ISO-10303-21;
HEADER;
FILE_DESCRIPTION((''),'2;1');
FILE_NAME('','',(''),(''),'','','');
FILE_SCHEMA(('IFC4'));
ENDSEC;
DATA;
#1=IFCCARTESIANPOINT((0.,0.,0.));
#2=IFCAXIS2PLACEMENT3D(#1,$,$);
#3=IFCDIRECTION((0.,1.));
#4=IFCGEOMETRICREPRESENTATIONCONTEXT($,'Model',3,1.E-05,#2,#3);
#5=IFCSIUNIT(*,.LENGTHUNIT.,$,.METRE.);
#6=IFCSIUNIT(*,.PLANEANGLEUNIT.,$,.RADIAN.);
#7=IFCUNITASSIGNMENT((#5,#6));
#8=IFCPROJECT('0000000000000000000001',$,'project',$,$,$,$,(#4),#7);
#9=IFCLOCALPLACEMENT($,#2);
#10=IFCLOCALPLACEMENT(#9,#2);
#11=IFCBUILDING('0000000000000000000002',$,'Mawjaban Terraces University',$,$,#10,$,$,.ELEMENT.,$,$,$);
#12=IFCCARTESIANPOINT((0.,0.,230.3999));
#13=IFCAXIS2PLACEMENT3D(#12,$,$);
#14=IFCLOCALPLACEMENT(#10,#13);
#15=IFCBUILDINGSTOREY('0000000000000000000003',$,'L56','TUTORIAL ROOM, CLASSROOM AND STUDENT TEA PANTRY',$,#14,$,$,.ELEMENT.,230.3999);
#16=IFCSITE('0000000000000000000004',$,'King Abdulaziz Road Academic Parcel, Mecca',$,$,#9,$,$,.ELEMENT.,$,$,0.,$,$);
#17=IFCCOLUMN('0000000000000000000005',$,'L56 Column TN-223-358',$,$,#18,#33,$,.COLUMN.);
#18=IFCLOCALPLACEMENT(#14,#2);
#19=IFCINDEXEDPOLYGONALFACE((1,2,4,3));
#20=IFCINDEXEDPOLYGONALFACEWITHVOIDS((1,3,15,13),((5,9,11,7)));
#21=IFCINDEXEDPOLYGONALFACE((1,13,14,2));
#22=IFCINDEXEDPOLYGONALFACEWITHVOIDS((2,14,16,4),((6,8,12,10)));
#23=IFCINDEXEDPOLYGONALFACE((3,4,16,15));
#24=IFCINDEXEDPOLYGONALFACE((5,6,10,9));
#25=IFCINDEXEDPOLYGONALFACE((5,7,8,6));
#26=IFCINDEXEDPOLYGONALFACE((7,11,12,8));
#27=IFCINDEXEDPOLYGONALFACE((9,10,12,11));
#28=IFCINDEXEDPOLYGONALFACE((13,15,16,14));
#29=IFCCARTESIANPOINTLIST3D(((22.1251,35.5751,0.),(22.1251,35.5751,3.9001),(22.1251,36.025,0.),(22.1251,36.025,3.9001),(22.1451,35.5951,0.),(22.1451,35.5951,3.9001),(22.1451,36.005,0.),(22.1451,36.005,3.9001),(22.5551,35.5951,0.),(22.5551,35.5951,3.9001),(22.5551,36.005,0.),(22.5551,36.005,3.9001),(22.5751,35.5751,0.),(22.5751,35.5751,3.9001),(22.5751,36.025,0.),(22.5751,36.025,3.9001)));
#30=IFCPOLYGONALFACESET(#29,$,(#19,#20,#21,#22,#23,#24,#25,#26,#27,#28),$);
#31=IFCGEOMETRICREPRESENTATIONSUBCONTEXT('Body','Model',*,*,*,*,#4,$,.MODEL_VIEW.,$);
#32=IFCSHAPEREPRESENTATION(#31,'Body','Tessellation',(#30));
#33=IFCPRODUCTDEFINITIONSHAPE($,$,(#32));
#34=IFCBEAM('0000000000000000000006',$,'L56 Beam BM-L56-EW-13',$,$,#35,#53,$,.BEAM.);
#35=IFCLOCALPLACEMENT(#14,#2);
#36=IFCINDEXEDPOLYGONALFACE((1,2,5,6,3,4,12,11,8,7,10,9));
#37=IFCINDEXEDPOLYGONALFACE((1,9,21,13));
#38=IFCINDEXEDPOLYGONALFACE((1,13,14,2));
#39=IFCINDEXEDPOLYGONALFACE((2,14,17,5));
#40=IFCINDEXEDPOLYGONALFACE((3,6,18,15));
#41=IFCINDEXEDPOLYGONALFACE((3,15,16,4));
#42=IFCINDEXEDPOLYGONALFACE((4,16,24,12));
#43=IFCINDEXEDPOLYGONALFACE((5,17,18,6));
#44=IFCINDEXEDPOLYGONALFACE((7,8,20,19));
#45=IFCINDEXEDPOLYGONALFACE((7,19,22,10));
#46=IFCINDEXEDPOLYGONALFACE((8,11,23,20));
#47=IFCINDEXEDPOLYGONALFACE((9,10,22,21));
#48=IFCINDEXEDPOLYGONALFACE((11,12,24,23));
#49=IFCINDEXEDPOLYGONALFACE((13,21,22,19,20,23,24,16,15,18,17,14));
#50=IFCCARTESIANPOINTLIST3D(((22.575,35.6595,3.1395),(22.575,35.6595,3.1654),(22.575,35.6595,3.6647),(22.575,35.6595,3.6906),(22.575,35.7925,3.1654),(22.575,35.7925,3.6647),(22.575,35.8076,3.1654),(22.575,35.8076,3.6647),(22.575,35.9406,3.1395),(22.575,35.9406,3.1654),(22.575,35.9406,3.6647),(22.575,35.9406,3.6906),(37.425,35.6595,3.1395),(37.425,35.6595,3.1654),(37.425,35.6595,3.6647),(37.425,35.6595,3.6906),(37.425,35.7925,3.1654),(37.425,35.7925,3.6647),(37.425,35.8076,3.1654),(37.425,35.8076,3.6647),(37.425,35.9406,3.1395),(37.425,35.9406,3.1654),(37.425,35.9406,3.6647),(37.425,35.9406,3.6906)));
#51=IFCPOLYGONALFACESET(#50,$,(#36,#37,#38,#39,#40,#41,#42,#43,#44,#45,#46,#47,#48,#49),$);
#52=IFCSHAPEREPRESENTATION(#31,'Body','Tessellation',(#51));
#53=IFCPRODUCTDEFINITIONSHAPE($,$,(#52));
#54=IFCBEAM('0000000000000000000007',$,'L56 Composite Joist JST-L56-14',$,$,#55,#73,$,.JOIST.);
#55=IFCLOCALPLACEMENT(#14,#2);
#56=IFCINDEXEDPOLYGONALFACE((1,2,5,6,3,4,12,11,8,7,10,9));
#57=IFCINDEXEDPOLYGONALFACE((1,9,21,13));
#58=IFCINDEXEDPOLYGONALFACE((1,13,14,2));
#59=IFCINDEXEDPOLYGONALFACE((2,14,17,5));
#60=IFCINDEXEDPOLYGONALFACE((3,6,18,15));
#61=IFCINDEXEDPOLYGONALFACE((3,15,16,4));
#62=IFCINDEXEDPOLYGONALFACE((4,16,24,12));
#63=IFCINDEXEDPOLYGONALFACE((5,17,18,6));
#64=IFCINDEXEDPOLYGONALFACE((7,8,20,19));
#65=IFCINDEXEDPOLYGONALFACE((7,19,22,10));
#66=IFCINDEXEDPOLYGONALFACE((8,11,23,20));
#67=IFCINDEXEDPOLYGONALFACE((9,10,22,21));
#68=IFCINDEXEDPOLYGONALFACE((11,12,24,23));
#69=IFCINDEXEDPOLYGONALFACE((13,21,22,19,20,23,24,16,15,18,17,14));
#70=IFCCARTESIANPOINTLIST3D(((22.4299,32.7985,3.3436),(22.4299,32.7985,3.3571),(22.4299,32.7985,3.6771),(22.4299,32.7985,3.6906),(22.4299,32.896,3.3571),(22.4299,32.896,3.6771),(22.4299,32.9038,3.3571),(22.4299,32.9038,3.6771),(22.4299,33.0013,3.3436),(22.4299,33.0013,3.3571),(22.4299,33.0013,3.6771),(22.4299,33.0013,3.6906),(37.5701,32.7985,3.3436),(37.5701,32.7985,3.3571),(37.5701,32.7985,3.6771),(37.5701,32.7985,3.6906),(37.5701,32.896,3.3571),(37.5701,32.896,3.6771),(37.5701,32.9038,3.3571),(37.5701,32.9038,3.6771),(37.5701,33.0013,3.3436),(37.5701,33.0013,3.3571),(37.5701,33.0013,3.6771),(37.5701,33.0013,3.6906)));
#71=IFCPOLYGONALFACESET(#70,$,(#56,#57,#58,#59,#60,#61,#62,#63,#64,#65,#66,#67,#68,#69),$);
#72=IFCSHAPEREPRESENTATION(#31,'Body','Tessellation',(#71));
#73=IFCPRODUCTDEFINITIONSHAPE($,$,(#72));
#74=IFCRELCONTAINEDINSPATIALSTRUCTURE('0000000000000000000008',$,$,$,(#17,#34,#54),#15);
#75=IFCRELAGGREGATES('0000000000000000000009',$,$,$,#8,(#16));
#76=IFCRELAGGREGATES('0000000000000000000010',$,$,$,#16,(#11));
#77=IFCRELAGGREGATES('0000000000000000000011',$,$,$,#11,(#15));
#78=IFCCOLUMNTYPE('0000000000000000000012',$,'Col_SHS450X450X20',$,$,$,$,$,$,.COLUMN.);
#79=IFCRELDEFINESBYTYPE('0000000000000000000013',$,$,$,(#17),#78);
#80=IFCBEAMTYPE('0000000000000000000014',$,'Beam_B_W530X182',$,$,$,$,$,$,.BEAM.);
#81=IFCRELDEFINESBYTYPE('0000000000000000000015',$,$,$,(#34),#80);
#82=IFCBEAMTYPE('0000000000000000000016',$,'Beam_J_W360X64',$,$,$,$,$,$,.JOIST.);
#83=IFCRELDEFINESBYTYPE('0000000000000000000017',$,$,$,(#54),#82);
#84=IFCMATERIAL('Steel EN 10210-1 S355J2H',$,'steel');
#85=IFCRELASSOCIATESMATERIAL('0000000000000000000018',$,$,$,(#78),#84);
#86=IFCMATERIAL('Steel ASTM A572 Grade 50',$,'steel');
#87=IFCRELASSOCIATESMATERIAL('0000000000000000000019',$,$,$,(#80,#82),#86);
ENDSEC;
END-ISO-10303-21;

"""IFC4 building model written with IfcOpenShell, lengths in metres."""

from ifc_helpers import new_model, si_unit, direction, frame, origin, origin_2d, place, context, subcontext, project, spatial, hollow_rectangle, i_section, extrude, material, material_profile, profile_set, type_object, element, save


model = new_model("IFC4")

# Units and contexts
model_context = context("Model", 3, precision=1e-05, world=origin(), true_north=direction((0.0, 1.0)))
body_context = subcontext(model_context, "Body", "Model", "MODEL_VIEW")
ifc_project = project(units=[si_unit("LENGTHUNIT", "METRE"), si_unit("PLANEANGLEUNIT", "RADIAN")], contexts=[model_context])

# Site, building, storey
site_placement = place(None, origin())
site = spatial("IfcSite", under=ifc_project, at=site_placement, Name="King Abdulaziz Road Academic Parcel, Mecca", CompositionType="ELEMENT", RefElevation=0.0)
building_placement = place(site_placement, origin())
building = spatial("IfcBuilding", under=site, at=building_placement, Name="Mawjaban Terraces University", CompositionType="ELEMENT")
storey_placement = place(building_placement, frame((0.0, 0.0, 230.3999)))
storey = spatial("IfcBuildingStorey", under=building, at=storey_placement, Name="L56", Description="TUTORIAL ROOM, CLASSROOM AND STUDENT TEA PANTRY", CompositionType="ELEMENT", Elevation=230.3999)

# Column
ifc_material_1 = material(Name="Steel EN 10210-1 S355J2H", Category="steel")
ifc_material_profile_1 = material_profile(ifc_material_1, hollow_rectangle(XDim=0.45, YDim=0.45, WallThickness=0.02, at=origin_2d()), Name="SHS450X450X20")
ifc_profile_set_1 = profile_set([ifc_material_profile_1], Name="Steel EN 10210-1 S355J2H")
column_type = type_object("IfcColumnType", Name="Col_SHS450X450X20", PredefinedType="COLUMN", material=ifc_profile_set_1)
column_placement = place(storey_placement, frame((22.3501, 35.8, 0.0), z_axis=(0.0, 0.0, 1.0), x_axis=(1.0, 0.0, 0.0)))
element("IfcColumn", 1, at=column_placement, inside=storey, type_object=column_type, Name="L56 Column TN-223-358", PredefinedType="COLUMN", context=body_context, shape_type="SweptSolid", body=[
    extrude(hollow_rectangle(XDim=0.45, YDim=0.45, WallThickness=0.02, at=origin_2d()), origin(), (0.0, 0.0, 1.0), 3.9001),
])

# Beams
ifc_material_2 = material(Name="Steel ASTM A572 Grade 50", Category="steel")
ifc_material_profile_2 = material_profile(ifc_material_2, i_section(OverallWidth=0.281, OverallDepth=0.551, WebThickness=0.0151, FlangeThickness=0.0259, at=origin_2d()), Name="W530X182")
ifc_profile_set_2 = profile_set([ifc_material_profile_2], Name="Steel ASTM A572 Grade 50")
beam_type_1 = type_object("IfcBeamType", Name="Beam_B_W530X182", PredefinedType="BEAM", material=ifc_profile_set_2)
beam_1_placement = place(storey_placement, frame((22.575, 35.8, 3.415), z_axis=(1.0, 0.0, 0.0), x_axis=(0.0, 1.0, 0.0)))
element("IfcBeam", 2, at=beam_1_placement, inside=storey, type_object=beam_type_1, Name="L56 Beam BM-L56-EW-13", PredefinedType="BEAM", context=body_context, shape_type="SweptSolid", body=[
    extrude(i_section(OverallWidth=0.281, OverallDepth=0.551, WebThickness=0.0151, FlangeThickness=0.0259, at=origin_2d()), origin(), (0.0, 0.0, 1.0), 14.8501),
])
ifc_material_profile_3 = material_profile(ifc_material_2, i_section(OverallWidth=0.2029, OverallDepth=0.3469, WebThickness=0.0078, FlangeThickness=0.0134, at=origin_2d()), Name="W360X64")
ifc_profile_set_3 = profile_set([ifc_material_profile_3], Name="Steel ASTM A572 Grade 50")
beam_type_2 = type_object("IfcBeamType", Name="Beam_J_W360X64", PredefinedType="JOIST", material=ifc_profile_set_3)
beam_2_placement = place(storey_placement, frame((22.4299, 32.8999, 3.5171), z_axis=(1.0, 0.0, 0.0), x_axis=(0.0, 1.0, 0.0)))
element("IfcBeam", 3, at=beam_2_placement, inside=storey, type_object=beam_type_2, Name="L56 Composite Joist JST-L56-14", PredefinedType="JOIST", context=body_context, shape_type="SweptSolid", body=[
    extrude(i_section(OverallWidth=0.2029, OverallDepth=0.3469, WebThickness=0.0078, FlangeThickness=0.0134, at=origin_2d()), origin(), (0.0, 0.0, 1.0), 15.1401),
])

save(model, "model.ifc")
